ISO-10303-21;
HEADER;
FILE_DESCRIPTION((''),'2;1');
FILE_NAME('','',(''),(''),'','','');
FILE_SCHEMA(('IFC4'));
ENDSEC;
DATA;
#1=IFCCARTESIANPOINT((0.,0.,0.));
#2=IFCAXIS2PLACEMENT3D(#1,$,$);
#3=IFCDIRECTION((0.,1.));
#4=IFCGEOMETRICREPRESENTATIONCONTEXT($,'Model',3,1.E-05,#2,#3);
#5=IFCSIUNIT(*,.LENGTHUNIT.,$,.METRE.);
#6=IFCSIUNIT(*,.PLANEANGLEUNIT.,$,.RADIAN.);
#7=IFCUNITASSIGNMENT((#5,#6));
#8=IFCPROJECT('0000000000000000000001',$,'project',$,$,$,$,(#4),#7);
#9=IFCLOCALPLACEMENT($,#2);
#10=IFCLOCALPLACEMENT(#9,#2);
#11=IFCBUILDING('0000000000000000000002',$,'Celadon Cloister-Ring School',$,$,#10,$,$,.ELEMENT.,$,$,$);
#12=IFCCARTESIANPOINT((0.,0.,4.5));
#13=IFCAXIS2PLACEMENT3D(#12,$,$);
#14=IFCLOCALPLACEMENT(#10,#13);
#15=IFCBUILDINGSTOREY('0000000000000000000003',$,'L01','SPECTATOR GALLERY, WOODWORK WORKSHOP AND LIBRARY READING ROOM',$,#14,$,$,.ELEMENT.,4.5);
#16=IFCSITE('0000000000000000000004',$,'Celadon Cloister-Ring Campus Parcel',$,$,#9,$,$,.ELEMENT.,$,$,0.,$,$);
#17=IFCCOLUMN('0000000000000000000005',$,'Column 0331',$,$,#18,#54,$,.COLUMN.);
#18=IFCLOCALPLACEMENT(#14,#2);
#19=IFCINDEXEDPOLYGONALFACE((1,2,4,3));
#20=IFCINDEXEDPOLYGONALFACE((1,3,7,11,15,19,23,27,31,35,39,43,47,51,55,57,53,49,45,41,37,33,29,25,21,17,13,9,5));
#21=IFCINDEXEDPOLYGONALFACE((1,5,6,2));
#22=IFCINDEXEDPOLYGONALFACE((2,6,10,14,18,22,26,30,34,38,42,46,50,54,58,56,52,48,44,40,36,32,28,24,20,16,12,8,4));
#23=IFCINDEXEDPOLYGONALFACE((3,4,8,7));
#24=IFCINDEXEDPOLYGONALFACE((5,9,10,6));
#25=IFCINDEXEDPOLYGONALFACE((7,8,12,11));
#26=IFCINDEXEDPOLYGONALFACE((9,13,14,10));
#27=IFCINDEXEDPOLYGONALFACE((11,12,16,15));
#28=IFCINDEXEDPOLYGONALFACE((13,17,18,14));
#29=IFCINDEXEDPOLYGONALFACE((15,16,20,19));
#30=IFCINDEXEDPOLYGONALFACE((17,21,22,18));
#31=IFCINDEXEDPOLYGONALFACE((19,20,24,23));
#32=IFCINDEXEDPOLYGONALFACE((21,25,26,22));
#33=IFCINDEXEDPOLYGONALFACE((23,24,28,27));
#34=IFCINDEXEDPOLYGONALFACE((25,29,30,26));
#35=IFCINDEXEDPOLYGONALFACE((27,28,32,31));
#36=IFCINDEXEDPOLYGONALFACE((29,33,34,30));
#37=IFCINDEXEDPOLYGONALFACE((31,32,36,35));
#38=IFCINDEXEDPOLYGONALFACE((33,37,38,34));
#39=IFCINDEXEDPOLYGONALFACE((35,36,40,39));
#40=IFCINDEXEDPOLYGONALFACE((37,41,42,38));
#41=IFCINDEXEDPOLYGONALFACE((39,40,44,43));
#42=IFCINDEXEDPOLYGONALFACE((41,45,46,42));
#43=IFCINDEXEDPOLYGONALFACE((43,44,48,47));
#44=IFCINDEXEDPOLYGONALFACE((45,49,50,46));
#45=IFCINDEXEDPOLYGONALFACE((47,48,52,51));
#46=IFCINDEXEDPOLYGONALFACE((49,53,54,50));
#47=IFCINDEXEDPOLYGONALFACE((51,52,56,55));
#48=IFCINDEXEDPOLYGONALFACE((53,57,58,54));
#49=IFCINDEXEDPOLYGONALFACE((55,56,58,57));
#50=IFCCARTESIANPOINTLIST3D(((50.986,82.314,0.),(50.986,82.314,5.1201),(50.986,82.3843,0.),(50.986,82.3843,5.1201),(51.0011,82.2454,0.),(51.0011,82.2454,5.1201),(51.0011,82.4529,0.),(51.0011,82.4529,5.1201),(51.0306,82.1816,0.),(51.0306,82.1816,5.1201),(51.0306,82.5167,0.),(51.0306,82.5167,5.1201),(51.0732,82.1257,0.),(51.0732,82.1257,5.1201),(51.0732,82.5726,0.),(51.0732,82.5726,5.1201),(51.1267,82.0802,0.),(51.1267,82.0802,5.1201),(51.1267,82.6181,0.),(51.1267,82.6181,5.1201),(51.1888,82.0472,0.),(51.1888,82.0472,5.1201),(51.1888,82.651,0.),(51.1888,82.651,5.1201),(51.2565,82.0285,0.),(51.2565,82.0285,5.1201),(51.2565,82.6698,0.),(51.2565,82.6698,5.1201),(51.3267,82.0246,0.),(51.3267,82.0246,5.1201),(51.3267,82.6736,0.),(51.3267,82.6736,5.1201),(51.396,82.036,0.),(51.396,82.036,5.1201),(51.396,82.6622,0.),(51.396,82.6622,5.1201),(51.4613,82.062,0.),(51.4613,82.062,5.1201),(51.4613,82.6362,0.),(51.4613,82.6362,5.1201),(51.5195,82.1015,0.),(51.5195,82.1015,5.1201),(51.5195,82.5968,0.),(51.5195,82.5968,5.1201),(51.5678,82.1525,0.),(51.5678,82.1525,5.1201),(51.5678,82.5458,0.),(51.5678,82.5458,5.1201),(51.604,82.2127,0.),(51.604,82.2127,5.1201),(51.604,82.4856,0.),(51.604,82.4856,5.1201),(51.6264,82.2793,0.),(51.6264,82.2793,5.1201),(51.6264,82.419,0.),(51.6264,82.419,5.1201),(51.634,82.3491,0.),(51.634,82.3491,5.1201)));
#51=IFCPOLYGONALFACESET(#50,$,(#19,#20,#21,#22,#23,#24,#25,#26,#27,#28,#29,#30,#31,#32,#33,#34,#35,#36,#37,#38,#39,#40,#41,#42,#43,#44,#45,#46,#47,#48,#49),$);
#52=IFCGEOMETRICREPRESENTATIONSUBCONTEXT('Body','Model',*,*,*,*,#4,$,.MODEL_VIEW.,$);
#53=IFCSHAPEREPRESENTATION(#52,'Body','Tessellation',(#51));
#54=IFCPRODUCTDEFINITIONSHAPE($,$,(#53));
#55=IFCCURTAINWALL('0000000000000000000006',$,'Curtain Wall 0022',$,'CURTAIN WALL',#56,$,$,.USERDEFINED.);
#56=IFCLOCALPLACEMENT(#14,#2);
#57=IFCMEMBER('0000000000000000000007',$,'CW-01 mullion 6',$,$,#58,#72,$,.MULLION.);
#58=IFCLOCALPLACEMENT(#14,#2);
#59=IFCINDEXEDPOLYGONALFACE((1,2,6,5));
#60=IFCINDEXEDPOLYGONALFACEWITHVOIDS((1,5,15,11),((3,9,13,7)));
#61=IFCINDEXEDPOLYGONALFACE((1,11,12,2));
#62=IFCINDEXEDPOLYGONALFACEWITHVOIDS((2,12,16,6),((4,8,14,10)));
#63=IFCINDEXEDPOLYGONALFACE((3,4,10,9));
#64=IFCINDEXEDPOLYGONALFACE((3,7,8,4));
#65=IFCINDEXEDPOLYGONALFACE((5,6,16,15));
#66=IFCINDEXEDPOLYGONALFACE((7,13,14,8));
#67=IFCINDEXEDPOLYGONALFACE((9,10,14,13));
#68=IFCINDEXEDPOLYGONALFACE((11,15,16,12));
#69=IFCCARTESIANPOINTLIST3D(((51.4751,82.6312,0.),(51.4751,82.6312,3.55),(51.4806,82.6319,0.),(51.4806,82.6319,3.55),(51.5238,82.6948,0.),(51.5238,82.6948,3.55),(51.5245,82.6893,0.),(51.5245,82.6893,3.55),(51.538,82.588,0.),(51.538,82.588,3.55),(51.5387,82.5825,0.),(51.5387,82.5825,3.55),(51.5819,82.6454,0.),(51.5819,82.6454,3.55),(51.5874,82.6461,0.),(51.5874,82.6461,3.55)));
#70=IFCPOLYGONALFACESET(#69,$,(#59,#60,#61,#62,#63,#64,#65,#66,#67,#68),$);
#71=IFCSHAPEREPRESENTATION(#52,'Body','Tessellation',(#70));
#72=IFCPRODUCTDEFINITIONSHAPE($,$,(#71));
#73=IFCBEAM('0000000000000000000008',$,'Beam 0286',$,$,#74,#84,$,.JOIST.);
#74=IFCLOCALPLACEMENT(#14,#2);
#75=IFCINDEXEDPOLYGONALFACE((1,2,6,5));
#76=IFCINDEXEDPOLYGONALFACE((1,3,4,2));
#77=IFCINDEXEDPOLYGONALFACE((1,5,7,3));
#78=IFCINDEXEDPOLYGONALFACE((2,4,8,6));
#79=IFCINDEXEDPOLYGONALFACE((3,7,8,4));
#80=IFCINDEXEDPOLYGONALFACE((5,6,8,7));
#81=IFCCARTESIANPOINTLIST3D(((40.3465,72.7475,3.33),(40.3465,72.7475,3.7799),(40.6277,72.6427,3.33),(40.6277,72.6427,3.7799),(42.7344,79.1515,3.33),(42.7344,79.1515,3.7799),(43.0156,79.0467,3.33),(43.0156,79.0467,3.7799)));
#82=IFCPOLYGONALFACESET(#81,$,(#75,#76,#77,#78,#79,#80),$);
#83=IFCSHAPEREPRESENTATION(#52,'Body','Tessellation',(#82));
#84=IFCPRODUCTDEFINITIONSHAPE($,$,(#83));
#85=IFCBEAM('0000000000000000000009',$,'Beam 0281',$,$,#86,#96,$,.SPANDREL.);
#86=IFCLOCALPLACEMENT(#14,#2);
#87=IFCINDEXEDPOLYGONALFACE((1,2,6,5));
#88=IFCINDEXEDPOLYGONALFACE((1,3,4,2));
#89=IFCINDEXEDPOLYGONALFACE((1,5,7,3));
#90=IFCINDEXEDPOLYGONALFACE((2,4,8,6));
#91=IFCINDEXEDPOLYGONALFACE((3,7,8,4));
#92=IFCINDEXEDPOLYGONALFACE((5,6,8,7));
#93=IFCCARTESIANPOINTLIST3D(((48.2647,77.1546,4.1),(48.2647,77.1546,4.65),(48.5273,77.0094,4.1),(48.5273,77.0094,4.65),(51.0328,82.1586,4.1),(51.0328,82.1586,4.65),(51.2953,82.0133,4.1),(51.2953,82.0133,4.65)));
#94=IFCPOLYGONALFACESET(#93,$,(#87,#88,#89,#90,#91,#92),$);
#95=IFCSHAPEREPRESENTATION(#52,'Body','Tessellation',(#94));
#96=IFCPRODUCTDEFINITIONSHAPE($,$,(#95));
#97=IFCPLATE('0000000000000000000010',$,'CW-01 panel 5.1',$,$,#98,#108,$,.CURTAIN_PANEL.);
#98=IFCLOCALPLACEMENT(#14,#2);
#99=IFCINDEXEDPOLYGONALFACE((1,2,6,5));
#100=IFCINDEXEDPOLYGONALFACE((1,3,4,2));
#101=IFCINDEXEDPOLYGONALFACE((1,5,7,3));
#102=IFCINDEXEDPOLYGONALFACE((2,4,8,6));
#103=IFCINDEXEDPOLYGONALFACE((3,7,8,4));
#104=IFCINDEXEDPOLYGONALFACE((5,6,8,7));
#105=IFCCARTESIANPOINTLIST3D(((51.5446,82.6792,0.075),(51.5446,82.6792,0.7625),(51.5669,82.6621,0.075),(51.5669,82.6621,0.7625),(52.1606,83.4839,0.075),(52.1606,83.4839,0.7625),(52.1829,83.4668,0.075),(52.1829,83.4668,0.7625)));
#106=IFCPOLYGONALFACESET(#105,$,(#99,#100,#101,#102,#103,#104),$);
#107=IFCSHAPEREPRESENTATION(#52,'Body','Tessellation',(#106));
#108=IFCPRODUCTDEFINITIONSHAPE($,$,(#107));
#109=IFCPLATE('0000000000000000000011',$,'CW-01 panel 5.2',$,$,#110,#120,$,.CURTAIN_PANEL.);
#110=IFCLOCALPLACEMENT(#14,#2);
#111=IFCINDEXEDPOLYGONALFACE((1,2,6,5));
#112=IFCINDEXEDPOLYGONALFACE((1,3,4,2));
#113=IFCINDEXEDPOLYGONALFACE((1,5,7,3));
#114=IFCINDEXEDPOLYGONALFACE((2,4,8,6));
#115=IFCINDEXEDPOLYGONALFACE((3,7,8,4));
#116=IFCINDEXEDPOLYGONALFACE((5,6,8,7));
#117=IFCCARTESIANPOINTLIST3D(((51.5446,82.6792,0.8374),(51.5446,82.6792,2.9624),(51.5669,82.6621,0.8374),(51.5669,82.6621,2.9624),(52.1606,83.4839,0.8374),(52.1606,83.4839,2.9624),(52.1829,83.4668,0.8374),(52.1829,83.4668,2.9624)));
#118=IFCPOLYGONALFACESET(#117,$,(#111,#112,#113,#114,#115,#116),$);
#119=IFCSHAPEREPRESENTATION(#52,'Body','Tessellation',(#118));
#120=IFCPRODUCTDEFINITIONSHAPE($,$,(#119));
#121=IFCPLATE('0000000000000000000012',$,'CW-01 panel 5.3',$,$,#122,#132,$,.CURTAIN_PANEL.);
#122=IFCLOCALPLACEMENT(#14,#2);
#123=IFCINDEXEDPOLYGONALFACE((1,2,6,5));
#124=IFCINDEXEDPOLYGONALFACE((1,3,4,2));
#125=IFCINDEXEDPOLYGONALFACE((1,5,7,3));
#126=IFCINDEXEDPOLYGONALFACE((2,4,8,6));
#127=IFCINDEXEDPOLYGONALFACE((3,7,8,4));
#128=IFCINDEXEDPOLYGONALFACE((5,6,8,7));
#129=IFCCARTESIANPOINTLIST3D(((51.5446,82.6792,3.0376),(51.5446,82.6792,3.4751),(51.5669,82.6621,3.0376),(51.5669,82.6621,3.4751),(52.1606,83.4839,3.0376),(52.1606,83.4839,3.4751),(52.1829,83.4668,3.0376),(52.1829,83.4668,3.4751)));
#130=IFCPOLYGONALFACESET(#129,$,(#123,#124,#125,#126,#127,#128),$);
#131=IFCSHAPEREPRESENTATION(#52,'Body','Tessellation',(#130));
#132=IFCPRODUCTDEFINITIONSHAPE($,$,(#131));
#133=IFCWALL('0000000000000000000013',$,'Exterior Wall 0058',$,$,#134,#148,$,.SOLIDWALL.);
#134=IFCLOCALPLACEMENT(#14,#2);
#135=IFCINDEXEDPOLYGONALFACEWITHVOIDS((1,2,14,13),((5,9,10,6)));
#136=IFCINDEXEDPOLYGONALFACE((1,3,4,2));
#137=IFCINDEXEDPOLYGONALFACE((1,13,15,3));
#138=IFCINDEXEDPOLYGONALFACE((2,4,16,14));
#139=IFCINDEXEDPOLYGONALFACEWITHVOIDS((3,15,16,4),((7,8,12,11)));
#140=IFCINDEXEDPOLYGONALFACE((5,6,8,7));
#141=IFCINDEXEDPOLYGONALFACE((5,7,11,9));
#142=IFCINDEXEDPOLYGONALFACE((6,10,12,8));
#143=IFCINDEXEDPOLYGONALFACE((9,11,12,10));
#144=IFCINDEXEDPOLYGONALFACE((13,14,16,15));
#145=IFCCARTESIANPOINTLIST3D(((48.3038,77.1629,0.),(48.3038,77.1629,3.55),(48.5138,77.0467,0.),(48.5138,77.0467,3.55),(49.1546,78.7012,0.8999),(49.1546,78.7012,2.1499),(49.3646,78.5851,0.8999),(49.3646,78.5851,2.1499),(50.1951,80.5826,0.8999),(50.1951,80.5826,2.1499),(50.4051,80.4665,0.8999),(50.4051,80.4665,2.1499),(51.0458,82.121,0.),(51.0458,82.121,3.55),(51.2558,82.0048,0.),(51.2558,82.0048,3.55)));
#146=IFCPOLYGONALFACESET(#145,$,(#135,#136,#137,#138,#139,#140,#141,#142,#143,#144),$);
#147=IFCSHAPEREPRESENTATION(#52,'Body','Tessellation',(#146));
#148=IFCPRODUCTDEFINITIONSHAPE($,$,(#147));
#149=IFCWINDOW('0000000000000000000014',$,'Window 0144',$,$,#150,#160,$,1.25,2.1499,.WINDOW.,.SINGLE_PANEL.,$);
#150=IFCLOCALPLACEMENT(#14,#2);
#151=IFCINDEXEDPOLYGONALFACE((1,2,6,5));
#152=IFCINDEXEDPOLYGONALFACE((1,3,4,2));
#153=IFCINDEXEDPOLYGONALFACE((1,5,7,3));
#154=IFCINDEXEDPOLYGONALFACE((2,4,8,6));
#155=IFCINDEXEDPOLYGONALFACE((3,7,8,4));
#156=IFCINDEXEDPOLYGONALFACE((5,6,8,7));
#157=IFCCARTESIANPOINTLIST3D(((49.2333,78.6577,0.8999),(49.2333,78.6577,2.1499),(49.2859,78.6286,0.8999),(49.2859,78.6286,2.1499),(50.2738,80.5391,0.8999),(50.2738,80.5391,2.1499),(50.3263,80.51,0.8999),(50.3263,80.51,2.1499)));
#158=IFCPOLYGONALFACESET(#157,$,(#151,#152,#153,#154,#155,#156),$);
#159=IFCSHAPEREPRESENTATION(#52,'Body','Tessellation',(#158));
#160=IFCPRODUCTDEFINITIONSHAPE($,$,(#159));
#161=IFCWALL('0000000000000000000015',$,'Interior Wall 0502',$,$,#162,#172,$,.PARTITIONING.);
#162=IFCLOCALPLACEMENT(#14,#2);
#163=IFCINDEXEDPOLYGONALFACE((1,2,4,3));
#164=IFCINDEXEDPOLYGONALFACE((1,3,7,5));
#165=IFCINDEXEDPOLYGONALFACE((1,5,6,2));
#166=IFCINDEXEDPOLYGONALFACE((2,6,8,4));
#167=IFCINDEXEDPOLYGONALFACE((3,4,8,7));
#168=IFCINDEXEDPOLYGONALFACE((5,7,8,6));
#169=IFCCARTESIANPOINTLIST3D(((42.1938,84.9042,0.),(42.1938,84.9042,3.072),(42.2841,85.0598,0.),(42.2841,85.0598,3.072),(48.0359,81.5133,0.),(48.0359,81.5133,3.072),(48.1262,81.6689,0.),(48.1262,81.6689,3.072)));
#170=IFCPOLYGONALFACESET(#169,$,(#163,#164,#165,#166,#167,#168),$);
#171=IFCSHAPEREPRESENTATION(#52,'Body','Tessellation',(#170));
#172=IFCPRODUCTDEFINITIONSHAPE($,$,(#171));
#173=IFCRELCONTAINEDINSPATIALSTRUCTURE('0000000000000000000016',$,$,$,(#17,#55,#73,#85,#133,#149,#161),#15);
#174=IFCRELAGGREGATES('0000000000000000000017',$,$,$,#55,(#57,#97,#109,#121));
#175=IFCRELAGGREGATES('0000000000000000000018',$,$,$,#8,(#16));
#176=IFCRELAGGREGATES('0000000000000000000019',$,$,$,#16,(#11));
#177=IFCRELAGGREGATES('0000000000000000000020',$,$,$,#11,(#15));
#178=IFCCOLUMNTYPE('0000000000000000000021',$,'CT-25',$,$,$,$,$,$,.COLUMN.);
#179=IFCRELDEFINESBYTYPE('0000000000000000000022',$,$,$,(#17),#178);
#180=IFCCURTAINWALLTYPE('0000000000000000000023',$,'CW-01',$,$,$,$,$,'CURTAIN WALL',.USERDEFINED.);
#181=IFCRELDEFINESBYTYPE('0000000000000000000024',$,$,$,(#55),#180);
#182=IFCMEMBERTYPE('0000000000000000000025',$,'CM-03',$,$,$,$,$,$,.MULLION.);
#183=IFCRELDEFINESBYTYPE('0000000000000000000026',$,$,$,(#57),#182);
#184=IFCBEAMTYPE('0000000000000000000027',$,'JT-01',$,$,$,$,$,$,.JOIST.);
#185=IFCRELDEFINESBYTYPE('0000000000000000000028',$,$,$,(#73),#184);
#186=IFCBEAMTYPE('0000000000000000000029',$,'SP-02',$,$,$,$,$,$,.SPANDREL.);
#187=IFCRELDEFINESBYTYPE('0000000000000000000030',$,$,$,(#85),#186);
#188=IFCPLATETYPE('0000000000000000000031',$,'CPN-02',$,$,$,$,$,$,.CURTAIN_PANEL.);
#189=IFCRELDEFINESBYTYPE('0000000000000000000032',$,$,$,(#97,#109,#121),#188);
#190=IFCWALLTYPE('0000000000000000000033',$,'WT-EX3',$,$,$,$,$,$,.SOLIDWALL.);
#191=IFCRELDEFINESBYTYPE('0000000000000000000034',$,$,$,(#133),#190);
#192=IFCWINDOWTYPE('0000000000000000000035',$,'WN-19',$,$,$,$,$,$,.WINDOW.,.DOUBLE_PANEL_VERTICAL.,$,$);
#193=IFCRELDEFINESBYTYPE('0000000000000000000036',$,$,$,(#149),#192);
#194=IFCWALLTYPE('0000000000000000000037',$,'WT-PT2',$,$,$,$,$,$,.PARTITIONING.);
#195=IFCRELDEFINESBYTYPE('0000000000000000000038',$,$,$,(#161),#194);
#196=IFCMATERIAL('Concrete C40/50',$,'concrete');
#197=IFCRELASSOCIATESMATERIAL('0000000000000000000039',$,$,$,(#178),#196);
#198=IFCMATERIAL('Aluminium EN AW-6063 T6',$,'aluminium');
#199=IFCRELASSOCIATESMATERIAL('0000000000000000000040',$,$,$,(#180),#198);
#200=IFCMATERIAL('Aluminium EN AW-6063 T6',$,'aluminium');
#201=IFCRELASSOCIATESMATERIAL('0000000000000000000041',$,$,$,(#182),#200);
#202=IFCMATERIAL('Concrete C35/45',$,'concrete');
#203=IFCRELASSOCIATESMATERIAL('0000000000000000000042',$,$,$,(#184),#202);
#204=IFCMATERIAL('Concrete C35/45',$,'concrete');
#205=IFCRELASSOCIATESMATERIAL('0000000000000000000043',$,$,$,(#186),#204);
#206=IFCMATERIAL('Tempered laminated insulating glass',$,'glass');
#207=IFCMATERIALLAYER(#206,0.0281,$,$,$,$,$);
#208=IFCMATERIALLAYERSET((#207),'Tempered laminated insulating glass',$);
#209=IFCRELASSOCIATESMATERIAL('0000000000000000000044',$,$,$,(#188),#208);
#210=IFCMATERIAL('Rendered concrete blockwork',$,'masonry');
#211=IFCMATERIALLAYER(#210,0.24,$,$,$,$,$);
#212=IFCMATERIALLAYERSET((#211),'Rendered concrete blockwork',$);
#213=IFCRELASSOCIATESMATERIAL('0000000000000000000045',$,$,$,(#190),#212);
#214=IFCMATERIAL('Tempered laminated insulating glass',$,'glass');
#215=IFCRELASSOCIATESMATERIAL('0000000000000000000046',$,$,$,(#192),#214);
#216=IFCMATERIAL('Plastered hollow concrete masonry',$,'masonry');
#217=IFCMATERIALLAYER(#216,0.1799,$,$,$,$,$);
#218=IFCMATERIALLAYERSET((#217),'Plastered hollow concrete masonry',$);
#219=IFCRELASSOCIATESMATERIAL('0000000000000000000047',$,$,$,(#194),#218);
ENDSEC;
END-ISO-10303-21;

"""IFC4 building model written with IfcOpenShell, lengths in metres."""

from ifc_helpers import new_model, si_unit, direction, frame, frame_2d, origin, origin_2d, place, context, subcontext, project, spatial, rectangle, hollow_rectangle, circle, extrude, material, layer, layer_set, material_profile, profile_set, type_object, element, fill, aggregate, save


model = new_model("IFC4")

# Units and contexts
model_context = context("Model", 3, precision=1e-05, world=origin(), true_north=direction((0.0, 1.0)))
body_context = subcontext(model_context, "Body", "Model", "MODEL_VIEW")
ifc_project = project(units=[si_unit("LENGTHUNIT", "METRE"), si_unit("PLANEANGLEUNIT", "RADIAN")], contexts=[model_context])

# Site, building, storey
site_placement = place(None, origin())
site = spatial("IfcSite", under=ifc_project, at=site_placement, Name="Celadon Cloister-Ring Campus Parcel", CompositionType="ELEMENT", RefElevation=0.0)
building_placement = place(site_placement, origin())
building = spatial("IfcBuilding", under=site, at=building_placement, Name="Celadon Cloister-Ring School", CompositionType="ELEMENT")
storey_placement = place(building_placement, frame((0.0, 0.0, 4.5)))
storey = spatial("IfcBuildingStorey", under=building, at=storey_placement, Name="L01", Description="SPECTATOR GALLERY, WOODWORK WORKSHOP AND LIBRARY READING ROOM", CompositionType="ELEMENT", Elevation=4.5)

# Column
ifc_material_1 = material(Name="Concrete C40/50", Category="concrete")
ifc_material_profile_1 = material_profile(ifc_material_1, circle(Radius=0.325, at=origin_2d()), Name="CIRC650")
ifc_profile_set_1 = profile_set([ifc_material_profile_1], Name="Concrete C40/50")
column_type = type_object("IfcColumnType", Name="CT-25", PredefinedType="COLUMN", material=ifc_profile_set_1)
column_placement = place(storey_placement, frame((51.3091, 82.3491, 0.0), z_axis=(0.0, 0.0, 1.0), x_axis=(1.0, 0.0, 0.0)))
element("IfcColumn", 1, at=column_placement, inside=storey, type_object=column_type, Name="Column 0331", PredefinedType="COLUMN", context=body_context, shape_type="SweptSolid", body=[
    extrude(circle(Radius=0.325, at=origin_2d()), origin(), (0.0, 0.0, 1.0), 5.1201),
])

# Curtain wall, member
ifc_material_2 = material(Name="Aluminium EN AW-6063 T6", Category="aluminium")
curtain_wall_type = type_object("IfcCurtainWallType", Name="CW-01", ElementType="CURTAIN WALL", PredefinedType="USERDEFINED", material=ifc_material_2)
curtain_wall_placement = place(storey_placement, origin())
curtain_wall = element("IfcCurtainWall", 2, at=curtain_wall_placement, inside=storey, type_object=curtain_wall_type, Name="Curtain Wall 0022", ObjectType="CURTAIN WALL", PredefinedType="USERDEFINED")
ifc_material_3 = material(Name="Aluminium EN AW-6063 T6", Category="aluminium")
ifc_material_profile_2 = material_profile(ifc_material_3, hollow_rectangle(XDim=0.0801, YDim=0.0801, WallThickness=0.0039, at=origin_2d()), Name="RHS80X80X4")
ifc_profile_set_2 = profile_set([ifc_material_profile_2], Name="Aluminium EN AW-6063 T6")
member_type = type_object("IfcMemberType", Name="CM-03", PredefinedType="MULLION", material=ifc_profile_set_2)
member_placement = place(storey_placement, frame((51.5312, 82.6387, 0.0), z_axis=(0.0, 0.0, 1.0), x_axis=(0.794032, -0.607876, 0.0)))
member = element("IfcMember", 3, at=member_placement, type_object=member_type, Name="CW-01 mullion 6", PredefinedType="MULLION", context=body_context, shape_type="SweptSolid", body=[
    extrude(hollow_rectangle(XDim=0.0801, YDim=0.0801, WallThickness=0.0039, at=origin_2d()), origin(), (0.0, 0.0, 1.0), 3.55),
])

# Beams
ifc_material_4 = material(Name="Concrete C35/45", Category="concrete")
ifc_material_profile_3 = material_profile(ifc_material_4, rectangle(XDim=0.3, YDim=0.45, at=origin_2d()), Name="RC300X450")
ifc_profile_set_3 = profile_set([ifc_material_profile_3], Name="Concrete C35/45")
beam_type_1 = type_object("IfcBeamType", Name="JT-01", PredefinedType="JOIST", material=ifc_profile_set_3)
beam_1_placement = place(storey_placement, frame((42.875, 79.0991, 3.5549), z_axis=(-0.349381, -0.936981, 0.0), x_axis=(0.936981, -0.349381, 0.0)))
element("IfcBeam", 4, at=beam_1_placement, inside=storey, type_object=beam_type_1, Name="Beam 0286", PredefinedType="JOIST", context=body_context, shape_type="SweptSolid", body=[
    extrude(rectangle(XDim=0.3, YDim=0.45, at=origin_2d()), origin(), (0.0, 0.0, 1.0), 6.8347),
])
ifc_material_5 = material(Name="Concrete C35/45", Category="concrete")
ifc_material_profile_4 = material_profile(ifc_material_5, rectangle(XDim=0.3, YDim=0.55, at=origin_2d()), Name="RC300X550")
ifc_profile_set_4 = profile_set([ifc_material_profile_4], Name="Concrete C35/45")
beam_type_2 = type_object("IfcBeamType", Name="SP-02", PredefinedType="SPANDREL", material=ifc_profile_set_4)
beam_2_placement = place(storey_placement, frame((51.1641, 82.0859, 4.375), z_axis=(-0.484054, -0.875038, 0.0), x_axis=(0.875038, -0.484054, 0.0)))
element("IfcBeam", 5, at=beam_2_placement, inside=storey, type_object=beam_type_2, Name="Beam 0281", PredefinedType="SPANDREL", context=body_context, shape_type="SweptSolid", body=[
    extrude(rectangle(XDim=0.3, YDim=0.55, at=origin_2d()), origin(), (0.0, 0.0, 1.0), 5.7185),
])

# Plates
ifc_material_6 = material(Name="Tempered laminated insulating glass", Category="glass")
ifc_layer_1 = layer(ifc_material_6, 0.0281)
ifc_layer_set_1 = layer_set([ifc_layer_1], Name="Tempered laminated insulating glass")
plate_type = type_object("IfcPlateType", Name="CPN-02", PredefinedType="CURTAIN_PANEL", material=ifc_layer_set_1)
plate_1_placement = place(storey_placement, frame((51.8638, 83.073, 0.075), z_axis=(0.0, 0.0, 1.0), x_axis=(-0.607876, -0.794032, 0.0)))
plate_1 = element("IfcPlate", 6, at=plate_1_placement, type_object=plate_type, Name="CW-01 panel 5.1", PredefinedType="CURTAIN_PANEL", context=body_context, shape_type="SweptSolid", body=[
    extrude(rectangle(XDim=1.0134, YDim=0.0281, at=origin_2d()), origin(), (0.0, 0.0, 1.0), 0.6875),
])
plate_2_placement = place(storey_placement, frame((51.8638, 83.073, 0.8374), z_axis=(0.0, 0.0, 1.0), x_axis=(-0.607876, -0.794032, 0.0)))
plate_2 = element("IfcPlate", 7, at=plate_2_placement, type_object=plate_type, Name="CW-01 panel 5.2", PredefinedType="CURTAIN_PANEL", context=body_context, shape_type="SweptSolid", body=[
    extrude(rectangle(XDim=1.0134, YDim=0.0281, at=origin_2d()), origin(), (0.0, 0.0, 1.0), 2.125),
])
plate_3_placement = place(storey_placement, frame((51.8638, 83.073, 3.0376), z_axis=(0.0, 0.0, 1.0), x_axis=(-0.607876, -0.794032, 0.0)))
plate_3 = element("IfcPlate", 8, at=plate_3_placement, type_object=plate_type, Name="CW-01 panel 5.3", PredefinedType="CURTAIN_PANEL", context=body_context, shape_type="SweptSolid", body=[
    extrude(rectangle(XDim=1.0134, YDim=0.0281, at=origin_2d()), origin(), (0.0, 0.0, 1.0), 0.4375),
])
aggregate(curtain_wall, [member, plate_1, plate_2, plate_3])

# Wall, opening, window
ifc_material_7 = material(Name="Rendered concrete blockwork", Category="masonry")
ifc_layer_2 = layer(ifc_material_7, 0.24)
ifc_layer_set_2 = layer_set([ifc_layer_2], Name="Rendered concrete blockwork")
wall_type_1 = type_object("IfcWallType", Name="WT-EX3", PredefinedType="SOLIDWALL", material=ifc_layer_set_2)
wall_1_placement = place(storey_placement, frame((51.1509, 82.063, 0.0), z_axis=(0.0, 0.0, 1.0), x_axis=(-0.483955, -0.875093, 0.0)))
wall_1 = element("IfcWall", 9, at=wall_1_placement, inside=storey, type_object=wall_type_1, Name="Exterior Wall 0058", PredefinedType="SOLIDWALL", context=body_context, shape_type="SweptSolid", body=[
    extrude(rectangle(XDim=5.6658, YDim=0.24, at=frame_2d((2.833, 0.0))), origin(), (0.0, 0.0, 1.0), 3.55),
])
opening_1_placement = place(wall_1_placement, frame((1.7581, 0.0, 0.8999)))
opening_1 = element("IfcOpeningElement", 10, at=opening_1_placement, cuts=wall_1, PredefinedType="OPENING", context=body_context, shape_type="SweptSolid", body=[
    extrude(rectangle(XDim=2.1499, YDim=1.25, at=frame_2d((1.075, 0.625))), frame((0.0, 0.1299, 0.0), z_axis=(0.0, -1.0, 0.0), x_axis=(1.0, 0.0, 0.0)), (0.0, 0.0, 1.0), 0.26),
])
ifc_material_8 = material(Name="Tempered laminated insulating glass", Category="glass")
window_type = type_object("IfcWindowType", Name="WN-19", PartitioningType="DOUBLE_PANEL_VERTICAL", PredefinedType="WINDOW", material=ifc_material_8)
window_placement = place(opening_1_placement, origin())
window = element("IfcWindow", 11, at=window_placement, inside=storey, type_object=window_type, Name="Window 0144", OverallHeight=1.25, OverallWidth=2.1499, PartitioningType="SINGLE_PANEL", PredefinedType="WINDOW", context=body_context, shape_type="SweptSolid", body=[
    extrude(rectangle(XDim=2.1499, YDim=1.25, at=frame_2d((1.075, 0.625))), frame((0.0, 0.03, 0.0), z_axis=(0.0, -1.0, 0.0), x_axis=(1.0, 0.0, 0.0)), (0.0, 0.0, 1.0), 0.0601),
])
fill(opening_1, window)

# Wall
ifc_material_9 = material(Name="Plastered hollow concrete masonry", Category="masonry")
ifc_layer_3 = layer(ifc_material_9, 0.1799)
ifc_layer_set_3 = layer_set([ifc_layer_3], Name="Plastered hollow concrete masonry")
wall_type_2 = type_object("IfcWallType", Name="WT-PT2", PredefinedType="PARTITIONING", material=ifc_layer_set_3)
wall_2_placement = place(storey_placement, frame((48.0811, 81.5911, 0.0), z_axis=(0.0, 0.0, 1.0), x_axis=(-0.864871, 0.501993, 0.0)))
element("IfcWall", 12, at=wall_2_placement, inside=storey, type_object=wall_type_2, Name="Interior Wall 0502", PredefinedType="PARTITIONING", context=body_context, shape_type="SweptSolid", body=[
    extrude(rectangle(XDim=6.7549, YDim=0.1799, at=frame_2d((3.3774, 0.0))), origin(), (0.0, 0.0, 1.0), 3.072),
])

save(model, "model.ifc")
